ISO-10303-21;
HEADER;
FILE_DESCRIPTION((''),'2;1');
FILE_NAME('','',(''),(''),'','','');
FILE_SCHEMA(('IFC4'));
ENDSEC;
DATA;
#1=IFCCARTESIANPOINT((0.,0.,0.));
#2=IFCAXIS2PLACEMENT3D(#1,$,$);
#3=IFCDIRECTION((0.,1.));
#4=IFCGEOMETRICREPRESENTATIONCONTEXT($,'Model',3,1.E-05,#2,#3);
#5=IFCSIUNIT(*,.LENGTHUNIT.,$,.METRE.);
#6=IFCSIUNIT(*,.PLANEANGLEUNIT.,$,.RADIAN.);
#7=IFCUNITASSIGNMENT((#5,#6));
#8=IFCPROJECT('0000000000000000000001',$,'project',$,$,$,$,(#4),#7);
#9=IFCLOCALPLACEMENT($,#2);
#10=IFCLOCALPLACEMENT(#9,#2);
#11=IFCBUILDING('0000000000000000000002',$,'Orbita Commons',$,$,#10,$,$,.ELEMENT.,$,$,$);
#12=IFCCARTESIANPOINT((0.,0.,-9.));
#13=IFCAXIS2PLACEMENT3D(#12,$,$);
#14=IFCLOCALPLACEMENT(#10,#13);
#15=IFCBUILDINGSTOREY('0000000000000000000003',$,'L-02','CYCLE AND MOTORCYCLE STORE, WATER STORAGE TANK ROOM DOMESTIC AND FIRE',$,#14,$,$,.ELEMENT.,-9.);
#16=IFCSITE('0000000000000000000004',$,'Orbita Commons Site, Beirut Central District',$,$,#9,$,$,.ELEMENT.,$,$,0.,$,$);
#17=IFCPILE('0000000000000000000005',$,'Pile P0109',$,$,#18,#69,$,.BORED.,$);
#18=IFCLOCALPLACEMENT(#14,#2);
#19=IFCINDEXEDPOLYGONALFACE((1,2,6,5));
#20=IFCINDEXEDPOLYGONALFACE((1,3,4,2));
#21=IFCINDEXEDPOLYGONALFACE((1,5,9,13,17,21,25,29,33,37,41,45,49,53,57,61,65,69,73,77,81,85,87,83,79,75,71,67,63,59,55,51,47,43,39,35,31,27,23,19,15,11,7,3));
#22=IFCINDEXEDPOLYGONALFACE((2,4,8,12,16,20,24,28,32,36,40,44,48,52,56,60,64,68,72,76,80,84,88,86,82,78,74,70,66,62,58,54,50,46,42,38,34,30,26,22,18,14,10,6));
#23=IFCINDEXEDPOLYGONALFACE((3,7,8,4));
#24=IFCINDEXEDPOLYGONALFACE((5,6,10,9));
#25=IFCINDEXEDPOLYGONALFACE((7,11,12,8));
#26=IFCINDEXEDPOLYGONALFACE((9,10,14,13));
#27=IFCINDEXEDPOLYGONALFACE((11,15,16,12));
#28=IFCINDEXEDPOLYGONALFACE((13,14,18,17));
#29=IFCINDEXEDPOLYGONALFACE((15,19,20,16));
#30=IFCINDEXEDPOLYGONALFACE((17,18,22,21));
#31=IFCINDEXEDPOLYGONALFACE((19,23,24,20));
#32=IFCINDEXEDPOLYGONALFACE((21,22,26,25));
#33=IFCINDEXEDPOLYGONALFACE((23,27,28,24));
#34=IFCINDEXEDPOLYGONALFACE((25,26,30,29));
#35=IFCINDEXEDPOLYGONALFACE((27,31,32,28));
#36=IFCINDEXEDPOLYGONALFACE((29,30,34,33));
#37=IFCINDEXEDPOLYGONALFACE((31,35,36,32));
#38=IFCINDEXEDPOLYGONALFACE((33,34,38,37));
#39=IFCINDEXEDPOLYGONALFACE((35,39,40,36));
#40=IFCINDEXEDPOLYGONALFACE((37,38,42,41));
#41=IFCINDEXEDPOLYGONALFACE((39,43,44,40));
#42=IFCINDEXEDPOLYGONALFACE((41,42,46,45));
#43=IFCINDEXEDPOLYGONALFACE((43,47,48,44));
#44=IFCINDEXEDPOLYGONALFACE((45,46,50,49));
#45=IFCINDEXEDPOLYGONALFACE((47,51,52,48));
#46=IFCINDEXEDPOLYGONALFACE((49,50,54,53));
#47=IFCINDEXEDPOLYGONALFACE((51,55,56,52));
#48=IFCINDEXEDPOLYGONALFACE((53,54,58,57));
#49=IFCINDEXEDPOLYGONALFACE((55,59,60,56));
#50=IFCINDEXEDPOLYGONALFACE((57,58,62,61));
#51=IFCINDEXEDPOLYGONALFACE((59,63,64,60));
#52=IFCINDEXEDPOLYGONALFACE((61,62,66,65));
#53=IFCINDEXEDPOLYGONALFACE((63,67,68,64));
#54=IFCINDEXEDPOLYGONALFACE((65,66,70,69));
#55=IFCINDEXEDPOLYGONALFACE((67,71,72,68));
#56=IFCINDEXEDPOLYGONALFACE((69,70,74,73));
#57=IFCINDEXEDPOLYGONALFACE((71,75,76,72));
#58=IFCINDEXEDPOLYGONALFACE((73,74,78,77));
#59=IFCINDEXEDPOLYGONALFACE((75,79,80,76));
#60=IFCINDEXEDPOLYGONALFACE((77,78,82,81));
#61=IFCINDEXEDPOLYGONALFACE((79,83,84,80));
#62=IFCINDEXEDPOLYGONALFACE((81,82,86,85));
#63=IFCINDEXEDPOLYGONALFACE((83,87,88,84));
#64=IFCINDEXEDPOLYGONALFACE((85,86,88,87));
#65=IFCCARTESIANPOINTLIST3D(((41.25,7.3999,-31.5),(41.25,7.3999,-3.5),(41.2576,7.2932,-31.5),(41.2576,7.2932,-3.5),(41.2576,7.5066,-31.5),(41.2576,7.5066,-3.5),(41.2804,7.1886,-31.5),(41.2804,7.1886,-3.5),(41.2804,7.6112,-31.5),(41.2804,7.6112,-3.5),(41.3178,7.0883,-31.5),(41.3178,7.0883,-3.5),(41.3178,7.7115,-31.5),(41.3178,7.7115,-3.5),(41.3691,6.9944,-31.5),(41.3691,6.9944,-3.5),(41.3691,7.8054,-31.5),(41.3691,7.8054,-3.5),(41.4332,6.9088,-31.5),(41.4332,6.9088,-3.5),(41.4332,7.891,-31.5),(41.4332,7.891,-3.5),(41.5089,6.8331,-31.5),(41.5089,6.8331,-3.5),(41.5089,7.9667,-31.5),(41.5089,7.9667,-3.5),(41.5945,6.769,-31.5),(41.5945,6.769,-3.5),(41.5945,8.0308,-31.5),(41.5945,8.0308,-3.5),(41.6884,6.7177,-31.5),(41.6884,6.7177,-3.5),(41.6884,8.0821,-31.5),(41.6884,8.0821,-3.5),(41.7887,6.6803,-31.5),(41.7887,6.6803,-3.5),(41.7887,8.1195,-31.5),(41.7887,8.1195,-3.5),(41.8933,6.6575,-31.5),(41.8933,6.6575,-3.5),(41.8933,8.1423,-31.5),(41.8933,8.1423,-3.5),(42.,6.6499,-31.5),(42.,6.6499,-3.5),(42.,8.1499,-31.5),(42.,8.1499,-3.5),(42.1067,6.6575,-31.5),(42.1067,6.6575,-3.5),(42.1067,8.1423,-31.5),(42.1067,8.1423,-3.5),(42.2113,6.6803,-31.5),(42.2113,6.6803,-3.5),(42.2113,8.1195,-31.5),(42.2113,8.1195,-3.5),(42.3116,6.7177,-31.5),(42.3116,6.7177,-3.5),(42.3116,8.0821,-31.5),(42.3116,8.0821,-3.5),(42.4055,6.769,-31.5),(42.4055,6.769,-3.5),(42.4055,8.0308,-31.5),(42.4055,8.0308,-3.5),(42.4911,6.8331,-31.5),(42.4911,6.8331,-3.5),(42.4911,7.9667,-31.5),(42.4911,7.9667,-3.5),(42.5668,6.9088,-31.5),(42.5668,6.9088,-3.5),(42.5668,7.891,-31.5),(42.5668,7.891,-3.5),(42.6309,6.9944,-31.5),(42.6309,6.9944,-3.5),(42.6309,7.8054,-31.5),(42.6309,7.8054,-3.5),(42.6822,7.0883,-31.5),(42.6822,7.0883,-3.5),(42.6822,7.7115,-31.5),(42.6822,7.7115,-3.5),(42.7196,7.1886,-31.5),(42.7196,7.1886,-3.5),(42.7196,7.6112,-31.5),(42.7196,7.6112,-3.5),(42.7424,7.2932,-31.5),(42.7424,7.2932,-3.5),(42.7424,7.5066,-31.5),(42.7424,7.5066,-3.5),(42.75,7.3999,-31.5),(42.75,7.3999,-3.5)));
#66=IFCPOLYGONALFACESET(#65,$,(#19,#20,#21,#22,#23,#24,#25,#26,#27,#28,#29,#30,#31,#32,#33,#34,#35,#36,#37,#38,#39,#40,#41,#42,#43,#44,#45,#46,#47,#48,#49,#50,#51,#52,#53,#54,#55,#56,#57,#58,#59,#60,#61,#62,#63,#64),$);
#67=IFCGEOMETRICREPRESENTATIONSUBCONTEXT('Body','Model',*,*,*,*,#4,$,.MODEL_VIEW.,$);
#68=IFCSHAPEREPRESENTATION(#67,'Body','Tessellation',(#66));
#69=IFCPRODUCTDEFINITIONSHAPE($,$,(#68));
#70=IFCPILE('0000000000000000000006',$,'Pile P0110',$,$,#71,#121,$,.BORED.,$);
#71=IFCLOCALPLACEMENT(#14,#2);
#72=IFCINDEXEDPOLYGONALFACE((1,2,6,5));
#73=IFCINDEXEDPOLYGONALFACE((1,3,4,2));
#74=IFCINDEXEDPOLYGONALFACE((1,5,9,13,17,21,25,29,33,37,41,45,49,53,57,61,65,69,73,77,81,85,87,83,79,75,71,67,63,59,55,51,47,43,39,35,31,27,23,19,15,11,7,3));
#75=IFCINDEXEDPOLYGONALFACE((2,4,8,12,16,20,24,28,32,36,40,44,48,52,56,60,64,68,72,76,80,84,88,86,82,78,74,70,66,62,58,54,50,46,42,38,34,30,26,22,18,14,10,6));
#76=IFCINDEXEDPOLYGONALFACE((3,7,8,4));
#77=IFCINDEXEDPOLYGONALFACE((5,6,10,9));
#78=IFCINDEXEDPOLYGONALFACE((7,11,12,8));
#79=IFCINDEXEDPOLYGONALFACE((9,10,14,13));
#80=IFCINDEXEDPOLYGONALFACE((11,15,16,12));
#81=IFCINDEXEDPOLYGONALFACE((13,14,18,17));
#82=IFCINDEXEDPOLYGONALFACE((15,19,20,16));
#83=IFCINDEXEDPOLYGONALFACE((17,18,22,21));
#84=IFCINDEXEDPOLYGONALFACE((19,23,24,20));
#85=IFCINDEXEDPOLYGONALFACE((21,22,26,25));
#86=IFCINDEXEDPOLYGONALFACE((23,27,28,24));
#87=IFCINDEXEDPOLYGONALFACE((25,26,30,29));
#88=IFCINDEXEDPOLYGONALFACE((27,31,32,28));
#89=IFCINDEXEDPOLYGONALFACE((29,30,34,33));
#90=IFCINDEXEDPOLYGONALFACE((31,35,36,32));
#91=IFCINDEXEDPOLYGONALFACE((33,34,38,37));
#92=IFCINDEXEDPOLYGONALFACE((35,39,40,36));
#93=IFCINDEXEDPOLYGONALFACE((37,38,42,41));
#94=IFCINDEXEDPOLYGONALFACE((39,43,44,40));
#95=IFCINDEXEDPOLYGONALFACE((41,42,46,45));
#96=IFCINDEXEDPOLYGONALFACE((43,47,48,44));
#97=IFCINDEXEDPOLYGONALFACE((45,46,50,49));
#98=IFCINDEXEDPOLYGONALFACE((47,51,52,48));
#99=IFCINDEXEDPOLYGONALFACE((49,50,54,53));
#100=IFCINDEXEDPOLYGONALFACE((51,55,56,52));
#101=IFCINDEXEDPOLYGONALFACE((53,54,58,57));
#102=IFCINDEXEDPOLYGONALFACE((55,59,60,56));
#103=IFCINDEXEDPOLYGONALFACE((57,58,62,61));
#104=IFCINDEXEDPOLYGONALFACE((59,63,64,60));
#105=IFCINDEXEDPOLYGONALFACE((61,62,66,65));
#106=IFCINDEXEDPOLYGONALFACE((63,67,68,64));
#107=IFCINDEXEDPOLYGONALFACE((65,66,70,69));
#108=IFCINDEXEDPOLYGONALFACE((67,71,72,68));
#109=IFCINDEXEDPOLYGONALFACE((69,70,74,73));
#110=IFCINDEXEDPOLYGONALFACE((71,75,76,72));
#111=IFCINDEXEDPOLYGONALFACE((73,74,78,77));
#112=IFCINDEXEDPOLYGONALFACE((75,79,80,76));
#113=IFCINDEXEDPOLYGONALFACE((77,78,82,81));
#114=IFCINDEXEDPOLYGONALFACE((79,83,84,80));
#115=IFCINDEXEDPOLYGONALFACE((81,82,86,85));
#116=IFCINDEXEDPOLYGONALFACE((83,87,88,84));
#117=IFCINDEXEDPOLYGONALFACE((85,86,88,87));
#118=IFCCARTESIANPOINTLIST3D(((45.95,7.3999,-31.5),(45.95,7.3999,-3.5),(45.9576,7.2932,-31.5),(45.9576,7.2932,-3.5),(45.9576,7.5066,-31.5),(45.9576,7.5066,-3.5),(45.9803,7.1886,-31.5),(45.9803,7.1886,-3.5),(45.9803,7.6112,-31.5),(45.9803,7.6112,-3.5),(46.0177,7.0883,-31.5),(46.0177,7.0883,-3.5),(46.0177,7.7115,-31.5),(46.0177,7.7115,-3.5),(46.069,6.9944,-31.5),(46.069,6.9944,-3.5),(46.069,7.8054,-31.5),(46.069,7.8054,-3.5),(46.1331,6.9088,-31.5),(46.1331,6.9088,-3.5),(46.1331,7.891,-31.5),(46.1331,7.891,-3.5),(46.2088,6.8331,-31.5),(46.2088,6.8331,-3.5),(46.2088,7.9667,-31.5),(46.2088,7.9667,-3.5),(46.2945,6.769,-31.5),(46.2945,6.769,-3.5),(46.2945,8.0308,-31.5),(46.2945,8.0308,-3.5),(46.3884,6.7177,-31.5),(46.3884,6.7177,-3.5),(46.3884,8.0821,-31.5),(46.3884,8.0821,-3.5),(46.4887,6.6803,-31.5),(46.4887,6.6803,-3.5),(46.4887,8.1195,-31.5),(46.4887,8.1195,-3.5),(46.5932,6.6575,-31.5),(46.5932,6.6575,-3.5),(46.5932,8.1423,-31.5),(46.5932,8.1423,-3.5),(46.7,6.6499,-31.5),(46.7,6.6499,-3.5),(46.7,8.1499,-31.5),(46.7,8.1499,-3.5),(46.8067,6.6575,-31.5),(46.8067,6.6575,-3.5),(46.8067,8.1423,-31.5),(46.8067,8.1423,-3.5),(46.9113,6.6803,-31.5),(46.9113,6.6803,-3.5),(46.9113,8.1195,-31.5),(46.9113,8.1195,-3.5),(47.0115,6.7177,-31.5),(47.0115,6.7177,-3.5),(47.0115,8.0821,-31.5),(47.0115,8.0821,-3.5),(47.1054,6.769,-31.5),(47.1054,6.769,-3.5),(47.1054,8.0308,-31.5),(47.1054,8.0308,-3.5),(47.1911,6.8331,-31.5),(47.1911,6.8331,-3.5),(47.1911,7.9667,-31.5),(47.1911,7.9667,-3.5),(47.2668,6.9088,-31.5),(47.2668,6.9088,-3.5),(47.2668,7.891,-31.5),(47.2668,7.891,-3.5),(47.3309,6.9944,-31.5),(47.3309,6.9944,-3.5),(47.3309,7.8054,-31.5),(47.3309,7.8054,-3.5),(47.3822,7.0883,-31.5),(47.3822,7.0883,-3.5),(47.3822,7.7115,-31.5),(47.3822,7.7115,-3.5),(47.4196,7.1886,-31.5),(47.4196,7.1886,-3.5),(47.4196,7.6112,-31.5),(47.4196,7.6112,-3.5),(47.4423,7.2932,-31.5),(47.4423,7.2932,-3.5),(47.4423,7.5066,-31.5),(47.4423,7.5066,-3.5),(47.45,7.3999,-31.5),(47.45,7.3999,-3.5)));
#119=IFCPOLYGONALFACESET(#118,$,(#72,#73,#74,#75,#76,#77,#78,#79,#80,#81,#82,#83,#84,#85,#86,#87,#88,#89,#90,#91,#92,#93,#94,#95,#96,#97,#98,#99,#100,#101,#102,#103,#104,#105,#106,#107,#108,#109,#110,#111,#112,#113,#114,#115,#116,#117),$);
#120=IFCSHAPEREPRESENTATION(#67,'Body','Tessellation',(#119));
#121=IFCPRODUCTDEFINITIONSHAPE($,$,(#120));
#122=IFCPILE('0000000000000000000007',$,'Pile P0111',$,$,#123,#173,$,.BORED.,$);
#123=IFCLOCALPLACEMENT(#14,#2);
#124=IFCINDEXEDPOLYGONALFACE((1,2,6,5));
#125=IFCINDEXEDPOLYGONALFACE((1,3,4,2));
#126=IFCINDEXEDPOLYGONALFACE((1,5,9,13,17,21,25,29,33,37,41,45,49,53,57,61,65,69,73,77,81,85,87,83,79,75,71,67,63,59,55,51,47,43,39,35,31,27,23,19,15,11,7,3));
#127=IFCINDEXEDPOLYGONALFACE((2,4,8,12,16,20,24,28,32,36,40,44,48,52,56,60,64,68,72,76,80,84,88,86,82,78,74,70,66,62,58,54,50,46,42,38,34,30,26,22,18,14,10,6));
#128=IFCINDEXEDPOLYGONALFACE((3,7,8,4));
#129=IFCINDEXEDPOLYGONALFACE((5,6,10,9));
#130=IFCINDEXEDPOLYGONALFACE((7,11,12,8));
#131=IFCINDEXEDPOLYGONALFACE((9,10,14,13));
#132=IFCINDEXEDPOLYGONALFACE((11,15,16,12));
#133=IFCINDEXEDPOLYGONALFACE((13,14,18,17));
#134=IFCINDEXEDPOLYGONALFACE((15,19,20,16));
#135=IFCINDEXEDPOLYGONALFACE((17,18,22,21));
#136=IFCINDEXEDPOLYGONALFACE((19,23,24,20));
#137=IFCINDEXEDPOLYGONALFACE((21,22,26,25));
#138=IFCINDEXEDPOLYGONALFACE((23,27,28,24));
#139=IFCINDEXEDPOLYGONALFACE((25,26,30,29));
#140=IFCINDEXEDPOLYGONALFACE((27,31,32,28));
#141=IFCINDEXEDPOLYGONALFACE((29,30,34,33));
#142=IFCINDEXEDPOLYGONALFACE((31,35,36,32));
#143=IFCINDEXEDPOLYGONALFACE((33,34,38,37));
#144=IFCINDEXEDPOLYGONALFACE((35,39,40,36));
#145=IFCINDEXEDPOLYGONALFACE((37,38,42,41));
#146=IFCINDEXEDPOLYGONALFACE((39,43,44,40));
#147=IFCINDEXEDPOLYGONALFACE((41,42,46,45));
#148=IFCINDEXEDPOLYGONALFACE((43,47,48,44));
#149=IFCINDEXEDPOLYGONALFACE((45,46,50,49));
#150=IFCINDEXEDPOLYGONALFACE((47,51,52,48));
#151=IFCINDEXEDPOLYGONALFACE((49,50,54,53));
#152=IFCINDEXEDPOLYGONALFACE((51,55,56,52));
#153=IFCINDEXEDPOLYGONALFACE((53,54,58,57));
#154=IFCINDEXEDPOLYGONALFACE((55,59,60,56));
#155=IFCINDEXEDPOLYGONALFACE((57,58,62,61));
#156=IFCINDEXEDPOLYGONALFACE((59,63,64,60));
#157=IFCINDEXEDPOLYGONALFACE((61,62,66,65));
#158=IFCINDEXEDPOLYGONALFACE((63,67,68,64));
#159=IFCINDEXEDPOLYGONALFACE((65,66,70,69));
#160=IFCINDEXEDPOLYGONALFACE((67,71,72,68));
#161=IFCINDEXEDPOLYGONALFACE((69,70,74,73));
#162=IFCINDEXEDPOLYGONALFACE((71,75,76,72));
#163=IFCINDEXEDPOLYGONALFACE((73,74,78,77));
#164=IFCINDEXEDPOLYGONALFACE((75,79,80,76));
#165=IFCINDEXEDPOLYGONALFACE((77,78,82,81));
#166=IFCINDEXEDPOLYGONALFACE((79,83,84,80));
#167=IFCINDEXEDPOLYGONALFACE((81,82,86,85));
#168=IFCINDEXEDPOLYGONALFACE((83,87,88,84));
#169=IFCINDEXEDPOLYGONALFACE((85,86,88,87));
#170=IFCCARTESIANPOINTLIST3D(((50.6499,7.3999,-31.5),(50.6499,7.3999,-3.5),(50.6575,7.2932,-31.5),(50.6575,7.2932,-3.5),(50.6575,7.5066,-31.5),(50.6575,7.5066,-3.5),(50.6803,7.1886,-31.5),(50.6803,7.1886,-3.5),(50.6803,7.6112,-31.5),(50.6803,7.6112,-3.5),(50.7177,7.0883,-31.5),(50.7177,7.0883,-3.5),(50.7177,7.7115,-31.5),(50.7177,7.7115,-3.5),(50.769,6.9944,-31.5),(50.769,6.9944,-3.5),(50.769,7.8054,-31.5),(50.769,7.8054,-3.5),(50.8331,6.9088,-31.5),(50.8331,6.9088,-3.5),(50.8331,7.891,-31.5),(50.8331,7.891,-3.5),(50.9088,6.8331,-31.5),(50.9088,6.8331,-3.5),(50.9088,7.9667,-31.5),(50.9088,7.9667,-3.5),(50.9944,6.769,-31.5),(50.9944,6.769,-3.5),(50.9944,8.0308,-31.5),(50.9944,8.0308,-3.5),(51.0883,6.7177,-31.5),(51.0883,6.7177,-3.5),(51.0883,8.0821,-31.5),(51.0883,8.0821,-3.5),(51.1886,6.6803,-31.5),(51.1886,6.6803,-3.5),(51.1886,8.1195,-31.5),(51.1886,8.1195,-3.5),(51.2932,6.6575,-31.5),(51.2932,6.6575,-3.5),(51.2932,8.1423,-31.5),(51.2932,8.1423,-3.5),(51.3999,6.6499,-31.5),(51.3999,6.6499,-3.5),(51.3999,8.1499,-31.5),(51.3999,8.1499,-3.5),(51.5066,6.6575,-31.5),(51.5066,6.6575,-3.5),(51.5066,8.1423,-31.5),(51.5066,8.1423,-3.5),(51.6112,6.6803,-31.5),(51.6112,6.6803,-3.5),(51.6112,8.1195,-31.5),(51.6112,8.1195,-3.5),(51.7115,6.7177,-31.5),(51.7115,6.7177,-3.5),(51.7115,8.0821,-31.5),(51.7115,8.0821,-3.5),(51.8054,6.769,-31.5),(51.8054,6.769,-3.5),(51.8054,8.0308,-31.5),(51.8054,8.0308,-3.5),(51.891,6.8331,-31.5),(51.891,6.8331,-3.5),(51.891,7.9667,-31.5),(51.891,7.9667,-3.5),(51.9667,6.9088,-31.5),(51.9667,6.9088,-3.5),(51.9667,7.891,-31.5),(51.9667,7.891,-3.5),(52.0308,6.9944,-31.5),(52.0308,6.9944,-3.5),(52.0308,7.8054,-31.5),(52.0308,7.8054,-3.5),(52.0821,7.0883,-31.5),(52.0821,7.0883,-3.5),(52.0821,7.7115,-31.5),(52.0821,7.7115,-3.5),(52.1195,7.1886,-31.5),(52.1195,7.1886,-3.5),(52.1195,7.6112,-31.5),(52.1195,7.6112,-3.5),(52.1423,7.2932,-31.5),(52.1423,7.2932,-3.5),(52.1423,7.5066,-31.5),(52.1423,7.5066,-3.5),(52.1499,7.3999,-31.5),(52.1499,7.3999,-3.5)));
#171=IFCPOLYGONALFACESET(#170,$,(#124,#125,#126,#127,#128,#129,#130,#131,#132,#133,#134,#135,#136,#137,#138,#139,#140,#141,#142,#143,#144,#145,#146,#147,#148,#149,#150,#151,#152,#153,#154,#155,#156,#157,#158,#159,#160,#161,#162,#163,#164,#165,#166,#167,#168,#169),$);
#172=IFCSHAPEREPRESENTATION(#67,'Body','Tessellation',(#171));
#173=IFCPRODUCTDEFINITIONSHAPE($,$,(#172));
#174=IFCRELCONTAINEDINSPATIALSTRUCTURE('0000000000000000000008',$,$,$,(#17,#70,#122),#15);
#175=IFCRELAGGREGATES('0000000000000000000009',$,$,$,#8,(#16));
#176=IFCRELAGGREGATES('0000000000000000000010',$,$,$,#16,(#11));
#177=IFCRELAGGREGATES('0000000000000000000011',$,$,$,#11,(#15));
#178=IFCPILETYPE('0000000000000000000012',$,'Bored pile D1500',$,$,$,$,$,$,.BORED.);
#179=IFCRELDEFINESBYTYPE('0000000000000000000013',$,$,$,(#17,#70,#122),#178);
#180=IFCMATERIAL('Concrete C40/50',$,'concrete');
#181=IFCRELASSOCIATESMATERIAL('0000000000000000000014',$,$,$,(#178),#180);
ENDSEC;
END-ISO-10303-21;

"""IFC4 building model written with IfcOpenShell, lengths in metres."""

from ifc_helpers import new_model, si_unit, direction, frame, origin, origin_2d, place, context, subcontext, project, spatial, circle, extrude, material, material_profile, profile_set, type_object, element, save


model = new_model("IFC4")

# Units and contexts
model_context = context("Model", 3, precision=1e-05, world=origin(), true_north=direction((0.0, 1.0)))
body_context = subcontext(model_context, "Body", "Model", "MODEL_VIEW")
ifc_project = project(units=[si_unit("LENGTHUNIT", "METRE"), si_unit("PLANEANGLEUNIT", "RADIAN")], contexts=[model_context])

# Site, building, storey
site_placement = place(None, origin())
site = spatial("IfcSite", under=ifc_project, at=site_placement, Name="Orbita Commons Site, Beirut Central District", CompositionType="ELEMENT", RefElevation=0.0)
building_placement = place(site_placement, origin())
building = spatial("IfcBuilding", under=site, at=building_placement, Name="Orbita Commons", CompositionType="ELEMENT")
storey_placement = place(building_placement, frame((0.0, 0.0, -9.0)))
storey = spatial("IfcBuildingStorey", under=building, at=storey_placement, Name="L-02", Description="CYCLE AND MOTORCYCLE STORE, WATER STORAGE TANK ROOM DOMESTIC AND FIRE", CompositionType="ELEMENT", Elevation=-9.0)

# Piles
ifc_material_1 = material(Name="Concrete C40/50", Category="concrete")
ifc_material_profile_1 = material_profile(ifc_material_1, circle(Radius=0.75, at=origin_2d()), Name="RC D1500")
ifc_profile_set_1 = profile_set([ifc_material_profile_1], Name="Concrete C40/50")
pile_type = type_object("IfcPileType", Name="Bored pile D1500", PredefinedType="BORED", material=ifc_profile_set_1)
for number, where, z_axis, x_axis, name in (
    (1, (42.0, 7.3999, -3.5), (0.0, 0.0, -1.0), (1.0, 0.0, 0.0), "Pile P0109"),
    (2, (46.7, 7.3999, -3.5), (0.0, 0.0, -1.0), (1.0, 0.0, 0.0), "Pile P0110"),
    (3, (51.3999, 7.3999, -3.5), (0.0, 0.0, -1.0), (1.0, 0.0, 0.0), "Pile P0111"),
):
    element("IfcPile", number, at=place(storey_placement, frame(where, z_axis=z_axis, x_axis=x_axis)), inside=storey, type_object=pile_type, Name=name, PredefinedType="BORED", context=body_context, shape_type="SweptSolid", body=[
        extrude(circle(Radius=0.75, at=origin_2d()), origin(), (0.0, 0.0, 1.0), 28.0),
    ])

save(model, "model.ifc")
